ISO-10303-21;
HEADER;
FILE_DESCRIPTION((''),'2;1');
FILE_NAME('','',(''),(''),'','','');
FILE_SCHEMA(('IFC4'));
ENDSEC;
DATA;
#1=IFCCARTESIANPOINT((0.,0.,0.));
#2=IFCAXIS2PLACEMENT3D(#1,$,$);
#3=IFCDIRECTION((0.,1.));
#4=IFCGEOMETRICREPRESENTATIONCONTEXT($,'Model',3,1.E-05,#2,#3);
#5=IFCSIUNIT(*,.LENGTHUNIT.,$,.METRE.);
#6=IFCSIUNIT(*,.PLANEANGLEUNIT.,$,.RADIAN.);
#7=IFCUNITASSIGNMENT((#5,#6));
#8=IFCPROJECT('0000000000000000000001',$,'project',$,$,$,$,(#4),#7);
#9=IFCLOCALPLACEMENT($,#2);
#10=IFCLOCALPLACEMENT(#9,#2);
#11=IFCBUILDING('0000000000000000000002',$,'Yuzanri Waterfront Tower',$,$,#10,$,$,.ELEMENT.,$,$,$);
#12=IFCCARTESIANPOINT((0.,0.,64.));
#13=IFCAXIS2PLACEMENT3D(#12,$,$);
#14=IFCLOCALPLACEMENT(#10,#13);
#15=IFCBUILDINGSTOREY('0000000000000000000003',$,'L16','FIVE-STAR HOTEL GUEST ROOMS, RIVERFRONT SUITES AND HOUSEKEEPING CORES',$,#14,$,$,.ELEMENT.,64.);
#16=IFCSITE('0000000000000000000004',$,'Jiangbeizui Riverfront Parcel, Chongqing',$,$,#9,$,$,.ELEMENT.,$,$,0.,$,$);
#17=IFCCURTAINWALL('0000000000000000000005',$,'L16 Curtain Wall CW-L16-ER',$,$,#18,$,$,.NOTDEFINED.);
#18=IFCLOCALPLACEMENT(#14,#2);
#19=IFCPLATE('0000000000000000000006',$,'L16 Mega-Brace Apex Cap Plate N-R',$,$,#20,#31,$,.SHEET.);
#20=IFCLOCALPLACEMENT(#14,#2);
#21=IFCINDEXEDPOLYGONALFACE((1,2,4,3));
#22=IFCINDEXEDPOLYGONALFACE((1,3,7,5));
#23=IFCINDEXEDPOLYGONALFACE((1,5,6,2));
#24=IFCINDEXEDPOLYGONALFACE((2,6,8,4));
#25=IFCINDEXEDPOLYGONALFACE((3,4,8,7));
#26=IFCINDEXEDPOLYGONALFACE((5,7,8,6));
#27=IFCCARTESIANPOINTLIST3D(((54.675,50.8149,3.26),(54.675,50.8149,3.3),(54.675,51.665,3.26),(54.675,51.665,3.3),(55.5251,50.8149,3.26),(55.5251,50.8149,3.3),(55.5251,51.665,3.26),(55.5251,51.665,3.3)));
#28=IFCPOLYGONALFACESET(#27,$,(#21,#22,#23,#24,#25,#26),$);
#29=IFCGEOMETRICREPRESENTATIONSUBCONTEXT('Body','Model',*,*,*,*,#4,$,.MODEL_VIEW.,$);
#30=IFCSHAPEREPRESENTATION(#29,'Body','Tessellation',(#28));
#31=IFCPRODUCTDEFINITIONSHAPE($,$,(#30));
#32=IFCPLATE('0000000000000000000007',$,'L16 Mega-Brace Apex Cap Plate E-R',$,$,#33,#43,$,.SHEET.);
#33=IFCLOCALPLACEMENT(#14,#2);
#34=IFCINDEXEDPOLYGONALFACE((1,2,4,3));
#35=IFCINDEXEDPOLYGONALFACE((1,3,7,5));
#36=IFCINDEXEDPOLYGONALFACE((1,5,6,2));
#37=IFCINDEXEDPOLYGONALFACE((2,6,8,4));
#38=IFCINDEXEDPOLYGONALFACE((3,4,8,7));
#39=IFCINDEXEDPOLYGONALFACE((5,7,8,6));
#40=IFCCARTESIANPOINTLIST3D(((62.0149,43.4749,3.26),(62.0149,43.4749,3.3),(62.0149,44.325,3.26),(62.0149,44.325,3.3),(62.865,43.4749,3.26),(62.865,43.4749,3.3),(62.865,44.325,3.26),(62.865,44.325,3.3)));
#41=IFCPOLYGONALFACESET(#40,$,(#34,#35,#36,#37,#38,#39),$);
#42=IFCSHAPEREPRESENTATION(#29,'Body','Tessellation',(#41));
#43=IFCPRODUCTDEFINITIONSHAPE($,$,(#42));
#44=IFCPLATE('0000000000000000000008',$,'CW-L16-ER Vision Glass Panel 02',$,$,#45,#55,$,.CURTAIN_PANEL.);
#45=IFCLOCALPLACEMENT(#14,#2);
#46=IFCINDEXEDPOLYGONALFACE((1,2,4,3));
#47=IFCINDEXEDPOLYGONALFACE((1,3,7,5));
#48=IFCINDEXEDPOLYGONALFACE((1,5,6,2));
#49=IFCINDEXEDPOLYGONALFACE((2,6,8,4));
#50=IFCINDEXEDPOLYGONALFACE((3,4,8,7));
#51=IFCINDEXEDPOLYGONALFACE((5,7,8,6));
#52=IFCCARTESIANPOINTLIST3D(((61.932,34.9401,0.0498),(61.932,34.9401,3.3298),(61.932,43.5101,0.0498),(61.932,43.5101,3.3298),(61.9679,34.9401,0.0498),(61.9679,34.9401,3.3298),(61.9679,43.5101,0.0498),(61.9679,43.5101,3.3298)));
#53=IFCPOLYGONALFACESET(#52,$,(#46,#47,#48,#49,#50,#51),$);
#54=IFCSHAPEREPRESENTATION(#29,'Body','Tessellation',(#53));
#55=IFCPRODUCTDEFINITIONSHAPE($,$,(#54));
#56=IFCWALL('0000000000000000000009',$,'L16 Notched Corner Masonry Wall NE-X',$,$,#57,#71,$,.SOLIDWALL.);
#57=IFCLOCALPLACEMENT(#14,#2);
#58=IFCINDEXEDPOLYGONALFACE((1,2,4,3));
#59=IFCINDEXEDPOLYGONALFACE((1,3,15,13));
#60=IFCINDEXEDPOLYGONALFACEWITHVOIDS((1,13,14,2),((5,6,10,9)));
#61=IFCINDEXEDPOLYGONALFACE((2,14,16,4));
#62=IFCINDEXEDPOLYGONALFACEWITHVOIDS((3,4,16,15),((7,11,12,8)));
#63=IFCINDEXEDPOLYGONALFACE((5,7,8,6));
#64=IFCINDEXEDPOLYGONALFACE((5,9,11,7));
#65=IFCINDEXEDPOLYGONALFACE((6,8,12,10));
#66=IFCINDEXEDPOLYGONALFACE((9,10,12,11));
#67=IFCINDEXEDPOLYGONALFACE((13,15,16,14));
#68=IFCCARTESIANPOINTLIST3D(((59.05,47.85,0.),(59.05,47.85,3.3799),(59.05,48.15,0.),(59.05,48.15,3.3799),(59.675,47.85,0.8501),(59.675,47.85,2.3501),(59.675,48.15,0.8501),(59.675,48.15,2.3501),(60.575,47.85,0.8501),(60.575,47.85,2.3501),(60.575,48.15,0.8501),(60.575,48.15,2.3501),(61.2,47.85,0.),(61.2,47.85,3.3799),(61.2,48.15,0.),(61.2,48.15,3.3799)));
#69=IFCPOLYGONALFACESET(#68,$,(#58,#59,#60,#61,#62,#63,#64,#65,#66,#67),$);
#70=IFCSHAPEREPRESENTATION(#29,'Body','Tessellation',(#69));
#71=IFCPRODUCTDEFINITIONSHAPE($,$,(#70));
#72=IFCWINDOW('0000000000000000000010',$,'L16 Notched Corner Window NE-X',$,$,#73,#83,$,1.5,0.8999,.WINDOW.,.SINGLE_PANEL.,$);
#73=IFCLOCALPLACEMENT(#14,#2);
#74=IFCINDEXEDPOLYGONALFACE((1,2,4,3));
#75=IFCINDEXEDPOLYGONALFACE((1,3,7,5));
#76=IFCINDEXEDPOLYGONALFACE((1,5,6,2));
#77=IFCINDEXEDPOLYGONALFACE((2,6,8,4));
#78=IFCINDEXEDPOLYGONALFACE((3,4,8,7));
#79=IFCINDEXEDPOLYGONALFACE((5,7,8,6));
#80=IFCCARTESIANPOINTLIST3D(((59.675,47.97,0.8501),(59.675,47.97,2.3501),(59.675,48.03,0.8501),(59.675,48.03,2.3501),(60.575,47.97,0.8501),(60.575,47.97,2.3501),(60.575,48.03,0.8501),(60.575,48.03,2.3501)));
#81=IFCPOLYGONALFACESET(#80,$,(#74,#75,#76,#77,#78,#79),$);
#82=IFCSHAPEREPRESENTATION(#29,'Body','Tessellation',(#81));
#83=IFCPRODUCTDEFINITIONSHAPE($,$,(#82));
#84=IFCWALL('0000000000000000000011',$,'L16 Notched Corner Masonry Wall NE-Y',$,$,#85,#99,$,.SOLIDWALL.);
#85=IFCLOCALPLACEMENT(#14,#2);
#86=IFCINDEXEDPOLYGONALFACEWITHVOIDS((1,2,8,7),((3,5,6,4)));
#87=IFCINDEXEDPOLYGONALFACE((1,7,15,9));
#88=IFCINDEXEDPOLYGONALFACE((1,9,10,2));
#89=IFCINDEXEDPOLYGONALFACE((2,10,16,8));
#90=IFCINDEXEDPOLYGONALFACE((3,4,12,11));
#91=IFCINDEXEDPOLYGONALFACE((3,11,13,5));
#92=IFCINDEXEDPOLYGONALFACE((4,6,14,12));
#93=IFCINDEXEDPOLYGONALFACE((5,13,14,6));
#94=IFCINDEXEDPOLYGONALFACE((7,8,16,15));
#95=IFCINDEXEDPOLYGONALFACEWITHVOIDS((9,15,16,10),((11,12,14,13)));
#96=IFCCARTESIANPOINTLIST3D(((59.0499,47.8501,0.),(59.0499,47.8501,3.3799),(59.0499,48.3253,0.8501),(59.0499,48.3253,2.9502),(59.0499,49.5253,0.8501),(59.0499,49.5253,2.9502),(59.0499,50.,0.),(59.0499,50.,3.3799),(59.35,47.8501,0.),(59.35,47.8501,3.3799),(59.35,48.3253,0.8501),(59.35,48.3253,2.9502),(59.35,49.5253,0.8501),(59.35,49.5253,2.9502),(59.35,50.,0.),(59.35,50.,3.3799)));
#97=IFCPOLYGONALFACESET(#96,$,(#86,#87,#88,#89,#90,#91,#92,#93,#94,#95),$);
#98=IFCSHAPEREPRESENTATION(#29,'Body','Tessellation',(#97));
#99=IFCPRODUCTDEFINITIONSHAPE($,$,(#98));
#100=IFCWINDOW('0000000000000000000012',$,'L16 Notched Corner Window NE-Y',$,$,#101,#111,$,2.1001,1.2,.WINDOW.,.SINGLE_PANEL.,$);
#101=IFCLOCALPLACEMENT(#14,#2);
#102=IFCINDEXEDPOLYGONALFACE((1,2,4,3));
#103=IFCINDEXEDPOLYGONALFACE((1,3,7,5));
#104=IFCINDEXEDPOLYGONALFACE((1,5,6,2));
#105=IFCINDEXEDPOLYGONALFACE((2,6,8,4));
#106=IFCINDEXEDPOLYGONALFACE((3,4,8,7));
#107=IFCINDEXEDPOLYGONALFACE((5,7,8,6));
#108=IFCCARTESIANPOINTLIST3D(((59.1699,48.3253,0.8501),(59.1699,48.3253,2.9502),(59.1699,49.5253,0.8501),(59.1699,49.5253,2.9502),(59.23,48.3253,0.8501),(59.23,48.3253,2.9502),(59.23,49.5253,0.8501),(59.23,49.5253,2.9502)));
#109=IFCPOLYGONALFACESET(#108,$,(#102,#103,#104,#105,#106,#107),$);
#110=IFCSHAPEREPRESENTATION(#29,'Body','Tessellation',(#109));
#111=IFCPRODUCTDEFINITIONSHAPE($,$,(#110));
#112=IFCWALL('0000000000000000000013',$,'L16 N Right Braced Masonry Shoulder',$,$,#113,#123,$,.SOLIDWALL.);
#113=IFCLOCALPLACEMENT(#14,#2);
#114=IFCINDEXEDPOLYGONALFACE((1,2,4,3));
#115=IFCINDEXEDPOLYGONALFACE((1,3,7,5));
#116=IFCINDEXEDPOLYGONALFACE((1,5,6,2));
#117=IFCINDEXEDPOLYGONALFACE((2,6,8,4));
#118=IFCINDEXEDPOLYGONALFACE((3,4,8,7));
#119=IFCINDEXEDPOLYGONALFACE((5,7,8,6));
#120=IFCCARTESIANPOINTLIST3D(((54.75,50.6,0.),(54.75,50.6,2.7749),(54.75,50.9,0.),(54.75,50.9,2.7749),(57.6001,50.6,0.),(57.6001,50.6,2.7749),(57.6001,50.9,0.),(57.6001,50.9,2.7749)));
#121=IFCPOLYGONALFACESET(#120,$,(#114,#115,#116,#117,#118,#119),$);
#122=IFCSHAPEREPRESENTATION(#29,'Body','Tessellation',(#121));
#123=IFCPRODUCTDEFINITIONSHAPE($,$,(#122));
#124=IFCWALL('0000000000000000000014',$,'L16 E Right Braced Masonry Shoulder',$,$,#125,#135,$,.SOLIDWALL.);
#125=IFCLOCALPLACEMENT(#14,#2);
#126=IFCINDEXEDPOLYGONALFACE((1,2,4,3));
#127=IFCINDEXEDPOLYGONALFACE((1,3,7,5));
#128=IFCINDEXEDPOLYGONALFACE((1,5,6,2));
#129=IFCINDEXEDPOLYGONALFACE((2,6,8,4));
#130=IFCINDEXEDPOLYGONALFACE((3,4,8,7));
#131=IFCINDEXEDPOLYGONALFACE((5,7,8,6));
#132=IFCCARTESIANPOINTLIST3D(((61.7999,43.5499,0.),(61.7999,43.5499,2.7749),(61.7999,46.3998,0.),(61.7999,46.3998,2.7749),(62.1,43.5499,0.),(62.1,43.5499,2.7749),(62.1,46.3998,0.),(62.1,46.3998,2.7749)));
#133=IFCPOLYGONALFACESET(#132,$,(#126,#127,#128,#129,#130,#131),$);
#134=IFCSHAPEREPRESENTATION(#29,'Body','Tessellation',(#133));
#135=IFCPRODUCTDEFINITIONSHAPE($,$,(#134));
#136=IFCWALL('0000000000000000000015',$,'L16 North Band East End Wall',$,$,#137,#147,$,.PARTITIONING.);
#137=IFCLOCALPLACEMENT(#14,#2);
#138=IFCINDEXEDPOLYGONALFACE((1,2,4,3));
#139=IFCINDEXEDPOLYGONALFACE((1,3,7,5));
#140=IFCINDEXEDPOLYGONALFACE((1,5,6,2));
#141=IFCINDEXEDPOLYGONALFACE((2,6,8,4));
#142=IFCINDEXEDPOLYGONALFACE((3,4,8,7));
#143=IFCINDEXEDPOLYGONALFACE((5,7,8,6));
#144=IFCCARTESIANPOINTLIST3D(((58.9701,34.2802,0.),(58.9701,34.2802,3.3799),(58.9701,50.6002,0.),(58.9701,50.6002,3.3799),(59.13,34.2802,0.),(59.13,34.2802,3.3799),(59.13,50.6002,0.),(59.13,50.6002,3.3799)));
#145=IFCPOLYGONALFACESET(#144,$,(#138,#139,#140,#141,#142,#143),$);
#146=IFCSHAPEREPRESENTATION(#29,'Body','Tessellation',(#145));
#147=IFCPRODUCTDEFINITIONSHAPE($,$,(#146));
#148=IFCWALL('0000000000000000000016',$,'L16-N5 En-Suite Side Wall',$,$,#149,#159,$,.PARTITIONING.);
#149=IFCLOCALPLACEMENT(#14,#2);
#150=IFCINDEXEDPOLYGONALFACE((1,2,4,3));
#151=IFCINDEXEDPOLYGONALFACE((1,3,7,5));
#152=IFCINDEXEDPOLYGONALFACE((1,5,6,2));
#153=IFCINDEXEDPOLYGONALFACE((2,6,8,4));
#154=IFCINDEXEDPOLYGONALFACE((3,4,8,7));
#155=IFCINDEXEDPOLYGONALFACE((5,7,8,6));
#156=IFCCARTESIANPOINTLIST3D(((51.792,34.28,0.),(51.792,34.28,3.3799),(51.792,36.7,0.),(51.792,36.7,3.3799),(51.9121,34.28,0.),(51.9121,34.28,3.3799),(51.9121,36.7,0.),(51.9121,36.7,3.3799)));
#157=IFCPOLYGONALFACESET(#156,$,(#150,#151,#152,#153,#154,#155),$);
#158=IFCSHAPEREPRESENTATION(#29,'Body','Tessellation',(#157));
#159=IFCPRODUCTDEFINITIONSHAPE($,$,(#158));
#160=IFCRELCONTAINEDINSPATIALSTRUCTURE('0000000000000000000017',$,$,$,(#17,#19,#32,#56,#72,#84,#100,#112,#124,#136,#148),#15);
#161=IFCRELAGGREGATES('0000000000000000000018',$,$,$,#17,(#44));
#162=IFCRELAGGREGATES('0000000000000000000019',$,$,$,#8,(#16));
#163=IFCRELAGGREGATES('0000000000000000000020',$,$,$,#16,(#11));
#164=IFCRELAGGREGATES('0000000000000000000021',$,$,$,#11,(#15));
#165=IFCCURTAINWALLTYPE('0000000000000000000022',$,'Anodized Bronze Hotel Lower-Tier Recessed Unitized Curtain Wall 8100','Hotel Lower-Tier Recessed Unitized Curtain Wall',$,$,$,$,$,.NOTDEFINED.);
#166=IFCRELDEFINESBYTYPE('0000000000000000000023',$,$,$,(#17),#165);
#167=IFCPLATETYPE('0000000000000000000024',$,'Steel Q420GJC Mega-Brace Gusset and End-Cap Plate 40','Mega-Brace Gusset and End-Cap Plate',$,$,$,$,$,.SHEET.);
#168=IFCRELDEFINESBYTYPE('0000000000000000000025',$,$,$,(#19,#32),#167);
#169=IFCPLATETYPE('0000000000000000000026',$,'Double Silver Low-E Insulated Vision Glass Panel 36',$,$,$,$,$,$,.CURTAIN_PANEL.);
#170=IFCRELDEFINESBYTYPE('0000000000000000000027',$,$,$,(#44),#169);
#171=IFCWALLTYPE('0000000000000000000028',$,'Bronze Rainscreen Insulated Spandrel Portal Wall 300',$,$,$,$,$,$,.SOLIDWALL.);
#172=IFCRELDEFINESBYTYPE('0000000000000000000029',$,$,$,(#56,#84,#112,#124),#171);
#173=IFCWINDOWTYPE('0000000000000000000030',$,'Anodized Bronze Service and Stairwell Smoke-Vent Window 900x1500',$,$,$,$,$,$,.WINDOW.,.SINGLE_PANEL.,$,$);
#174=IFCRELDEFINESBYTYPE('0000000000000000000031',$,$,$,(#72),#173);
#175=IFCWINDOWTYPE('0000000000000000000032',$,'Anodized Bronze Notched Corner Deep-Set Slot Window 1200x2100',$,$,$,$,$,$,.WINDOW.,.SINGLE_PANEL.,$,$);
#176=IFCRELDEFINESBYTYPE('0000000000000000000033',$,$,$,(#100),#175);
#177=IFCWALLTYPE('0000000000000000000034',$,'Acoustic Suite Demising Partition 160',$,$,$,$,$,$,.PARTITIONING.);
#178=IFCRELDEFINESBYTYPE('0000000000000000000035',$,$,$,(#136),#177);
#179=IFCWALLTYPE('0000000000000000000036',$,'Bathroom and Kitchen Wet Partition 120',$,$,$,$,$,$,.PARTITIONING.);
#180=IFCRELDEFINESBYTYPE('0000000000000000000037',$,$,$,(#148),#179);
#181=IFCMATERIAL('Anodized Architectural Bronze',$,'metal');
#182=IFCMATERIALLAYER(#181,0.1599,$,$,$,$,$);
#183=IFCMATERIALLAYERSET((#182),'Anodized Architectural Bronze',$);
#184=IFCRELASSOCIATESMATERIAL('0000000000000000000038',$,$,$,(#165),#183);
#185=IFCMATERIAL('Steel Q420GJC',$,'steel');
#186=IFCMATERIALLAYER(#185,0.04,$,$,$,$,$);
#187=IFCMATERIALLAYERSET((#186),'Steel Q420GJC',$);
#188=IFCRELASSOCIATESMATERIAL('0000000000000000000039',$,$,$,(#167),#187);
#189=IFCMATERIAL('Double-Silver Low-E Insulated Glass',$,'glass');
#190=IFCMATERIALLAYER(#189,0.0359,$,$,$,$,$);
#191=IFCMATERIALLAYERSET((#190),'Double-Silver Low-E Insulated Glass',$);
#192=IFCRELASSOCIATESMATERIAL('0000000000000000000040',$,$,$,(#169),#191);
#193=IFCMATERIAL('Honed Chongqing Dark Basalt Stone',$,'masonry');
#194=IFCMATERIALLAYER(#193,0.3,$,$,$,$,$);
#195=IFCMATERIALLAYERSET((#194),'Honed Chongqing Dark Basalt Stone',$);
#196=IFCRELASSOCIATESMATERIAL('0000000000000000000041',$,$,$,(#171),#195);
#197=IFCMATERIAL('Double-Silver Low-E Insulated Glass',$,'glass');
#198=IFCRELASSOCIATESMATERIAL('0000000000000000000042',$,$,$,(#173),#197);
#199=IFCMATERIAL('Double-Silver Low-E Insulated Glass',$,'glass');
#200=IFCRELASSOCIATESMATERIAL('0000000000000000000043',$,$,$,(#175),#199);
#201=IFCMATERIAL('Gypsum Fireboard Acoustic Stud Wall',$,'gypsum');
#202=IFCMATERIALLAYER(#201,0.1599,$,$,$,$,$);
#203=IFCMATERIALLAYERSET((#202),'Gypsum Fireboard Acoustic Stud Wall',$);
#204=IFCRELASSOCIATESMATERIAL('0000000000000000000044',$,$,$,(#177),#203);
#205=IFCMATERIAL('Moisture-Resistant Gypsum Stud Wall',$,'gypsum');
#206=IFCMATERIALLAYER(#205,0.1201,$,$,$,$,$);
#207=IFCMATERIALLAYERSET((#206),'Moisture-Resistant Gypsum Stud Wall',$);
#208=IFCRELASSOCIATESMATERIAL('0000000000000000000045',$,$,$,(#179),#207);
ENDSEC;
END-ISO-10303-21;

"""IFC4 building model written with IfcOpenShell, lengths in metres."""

from ifc_helpers import new_model, si_unit, direction, frame, frame_2d, origin, origin_2d, place, context, subcontext, project, spatial, rectangle, extrude, source, transform, mapped, material, layer, layer_set, type_object, element, fill, aggregate, save


model = new_model("IFC4")

# Units and contexts
model_context = context("Model", 3, precision=1e-05, world=origin(), true_north=direction((0.0, 1.0)))
body_context = subcontext(model_context, "Body", "Model", "MODEL_VIEW")
ifc_project = project(units=[si_unit("LENGTHUNIT", "METRE"), si_unit("PLANEANGLEUNIT", "RADIAN")], contexts=[model_context])

# Site, building, storey
site_placement = place(None, origin())
site = spatial("IfcSite", under=ifc_project, at=site_placement, Name="Jiangbeizui Riverfront Parcel, Chongqing", CompositionType="ELEMENT", RefElevation=0.0)
building_placement = place(site_placement, origin())
building = spatial("IfcBuilding", under=site, at=building_placement, Name="Yuzanri Waterfront Tower", CompositionType="ELEMENT")
storey_placement = place(building_placement, frame((0.0, 0.0, 64.0)))
storey = spatial("IfcBuildingStorey", under=building, at=storey_placement, Name="L16", Description="FIVE-STAR HOTEL GUEST ROOMS, RIVERFRONT SUITES AND HOUSEKEEPING CORES", CompositionType="ELEMENT", Elevation=64.0)

# Curtain wall
ifc_material_1 = material(Name="Anodized Architectural Bronze", Category="metal")
ifc_layer_1 = layer(ifc_material_1, 0.1599)
ifc_layer_set_1 = layer_set([ifc_layer_1], Name="Anodized Architectural Bronze")
curtain_wall_type = type_object("IfcCurtainWallType", Name="Anodized Bronze Hotel Lower-Tier Recessed Unitized Curtain Wall 8100", Description="Hotel Lower-Tier Recessed Unitized Curtain Wall", PredefinedType="NOTDEFINED", material=ifc_layer_set_1)
curtain_wall_1_placement = place(storey_placement, origin())
curtain_wall_1 = element("IfcCurtainWall", 1, at=curtain_wall_1_placement, inside=storey, type_object=curtain_wall_type, Name="L16 Curtain Wall CW-L16-ER", PredefinedType="NOTDEFINED")

# Plates
ifc_material_2 = material(Name="Steel Q420GJC", Category="steel")
ifc_layer_2 = layer(ifc_material_2, 0.04)
ifc_layer_set_2 = layer_set([ifc_layer_2], Name="Steel Q420GJC")
plate_type_1 = type_object("IfcPlateType", Name="Steel Q420GJC Mega-Brace Gusset and End-Cap Plate 40", Description="Mega-Brace Gusset and End-Cap Plate", PredefinedType="SHEET", material=ifc_layer_set_2)
shared_shape_1 = source(origin(), body_context, "Body", "SweptSolid", [
    extrude(rectangle(XDim=0.8501, YDim=0.8501, at=origin_2d()), origin(), (0.0, 0.0, 1.0), 0.04),
])
for number, where, z_axis, x_axis, name in (
    (2, (55.1001, 51.24, 3.26), (0.0, 0.0, 1.0), (1.0, 0.0, 0.0), "L16 Mega-Brace Apex Cap Plate N-R"),
    (3, (62.4399, 43.8999, 3.26), (0.0, 0.0, 1.0), (1.0, 0.0, 0.0), "L16 Mega-Brace Apex Cap Plate E-R"),
):
    element("IfcPlate", number, at=place(storey_placement, frame(where, z_axis=z_axis, x_axis=x_axis)), inside=storey, type_object=plate_type_1, Name=name, PredefinedType="SHEET", context=body_context, shape_type="MappedRepresentation", body=[
        mapped(shared_shape_1, transform((0.0, 0.0, 0.0), scale=1.0)),
    ])

# Plate
ifc_material_3 = material(Name="Double-Silver Low-E Insulated Glass", Category="glass")
ifc_layer_3 = layer(ifc_material_3, 0.0359)
ifc_layer_set_3 = layer_set([ifc_layer_3], Name="Double-Silver Low-E Insulated Glass")
plate_type_2 = type_object("IfcPlateType", Name="Double Silver Low-E Insulated Vision Glass Panel 36", PredefinedType="CURTAIN_PANEL", material=ifc_layer_set_3)
shared_shape_2 = source(origin(), body_context, "Body", "SweptSolid", [
    extrude(rectangle(XDim=8.5701, YDim=0.0359, at=origin_2d()), origin(), (0.0, 0.0, 1.0), 3.28),
])
plate_placement = place(storey_placement, frame((61.95, 39.2251, 0.0498), z_axis=(0.0, 0.0, 1.0), x_axis=(0.0, 1.0, 0.0)))
plate = element("IfcPlate", 4, at=plate_placement, type_object=plate_type_2, Name="CW-L16-ER Vision Glass Panel 02", PredefinedType="CURTAIN_PANEL", context=body_context, shape_type="MappedRepresentation", body=[
    mapped(shared_shape_2, transform((0.0, 0.0, 0.0), scale=1.0)),
])
aggregate(curtain_wall_1, [plate])

# Walls, openings, windows
ifc_material_4 = material(Name="Honed Chongqing Dark Basalt Stone", Category="masonry")
ifc_layer_4 = layer(ifc_material_4, 0.3)
ifc_layer_set_4 = layer_set([ifc_layer_4], Name="Honed Chongqing Dark Basalt Stone")
wall_type_1 = type_object("IfcWallType", Name="Bronze Rainscreen Insulated Spandrel Portal Wall 300", PredefinedType="SOLIDWALL", material=ifc_layer_set_4)
wall_1_placement = place(storey_placement, frame((61.2, 48.0, 0.0), z_axis=(0.0, 0.0, 1.0), x_axis=(-1.0, 0.0, 0.0)))
wall_1 = element("IfcWall", 5, at=wall_1_placement, inside=storey, type_object=wall_type_1, Name="L16 Notched Corner Masonry Wall NE-X", PredefinedType="SOLIDWALL", context=body_context, shape_type="SweptSolid", body=[
    extrude(rectangle(XDim=2.1499, YDim=0.3, at=frame_2d((1.075, 0.0))), origin(), (0.0, 0.0, 1.0), 3.3799),
])
opening_1_placement = place(wall_1_placement, frame((0.625, 0.0, 0.8501)))
opening_1 = element("IfcOpeningElement", 6, at=opening_1_placement, cuts=wall_1, PredefinedType="OPENING", context=body_context, shape_type="SweptSolid", body=[
    extrude(rectangle(XDim=0.8999, YDim=1.5, at=frame_2d((0.45, 0.75))), frame((0.0, 0.165, 0.0), z_axis=(0.0, -1.0, 0.0), x_axis=(1.0, 0.0, 0.0)), (0.0, 0.0, 1.0), 0.3298),
])
ifc_material_5 = material(Name="Double-Silver Low-E Insulated Glass", Category="glass")
window_type_1 = type_object("IfcWindowType", Name="Anodized Bronze Service and Stairwell Smoke-Vent Window 900x1500", PartitioningType="SINGLE_PANEL", PredefinedType="WINDOW", material=ifc_material_5)
shared_shape_3 = source(origin(), body_context, "Body", "SweptSolid", [
    extrude(rectangle(XDim=0.8999, YDim=1.5, at=frame_2d((0.45, 0.75))), frame((0.0, 0.03, 0.0), z_axis=(0.0, -1.0, 0.0), x_axis=(1.0, 0.0, 0.0)), (0.0, 0.0, 1.0), 0.0601),
])
window_1_placement = place(opening_1_placement, origin())
window_1 = element("IfcWindow", 7, at=window_1_placement, inside=storey, type_object=window_type_1, Name="L16 Notched Corner Window NE-X", OverallHeight=1.5, OverallWidth=0.8999, PartitioningType="SINGLE_PANEL", PredefinedType="WINDOW", context=body_context, shape_type="MappedRepresentation", body=[
    mapped(shared_shape_3, transform((0.0, 0.0, 0.0), scale=1.0)),
])
fill(opening_1, window_1)
wall_2_placement = place(storey_placement, frame((59.2, 47.8501, 0.0), z_axis=(0.0, 0.0, 1.0), x_axis=(0.0, 1.0, 0.0)))
wall_2 = element("IfcWall", 8, at=wall_2_placement, inside=storey, type_object=wall_type_1, Name="L16 Notched Corner Masonry Wall NE-Y", PredefinedType="SOLIDWALL", context=body_context, shape_type="SweptSolid", body=[
    extrude(rectangle(XDim=2.1499, YDim=0.3, at=frame_2d((1.075, 0.0))), origin(), (0.0, 0.0, 1.0), 3.3799),
])
opening_2_placement = place(wall_2_placement, frame((0.4751, 0.0, 0.8501)))
opening_2 = element("IfcOpeningElement", 9, at=opening_2_placement, cuts=wall_2, PredefinedType="OPENING", context=body_context, shape_type="SweptSolid", body=[
    extrude(rectangle(XDim=1.2, YDim=2.1001, at=frame_2d((0.6001, 1.05))), frame((0.0, 0.165, 0.0), z_axis=(0.0, -1.0, 0.0), x_axis=(1.0, 0.0, 0.0)), (0.0, 0.0, 1.0), 0.3298),
])
ifc_material_6 = material(Name="Double-Silver Low-E Insulated Glass", Category="glass")
window_type_2 = type_object("IfcWindowType", Name="Anodized Bronze Notched Corner Deep-Set Slot Window 1200x2100", PartitioningType="SINGLE_PANEL", PredefinedType="WINDOW", material=ifc_material_6)
shared_shape_4 = source(origin(), body_context, "Body", "SweptSolid", [
    extrude(rectangle(XDim=1.2, YDim=2.1001, at=frame_2d((0.6001, 1.05))), frame((0.0, 0.03, 0.0), z_axis=(0.0, -1.0, 0.0), x_axis=(1.0, 0.0, 0.0)), (0.0, 0.0, 1.0), 0.0601),
])
window_2_placement = place(opening_2_placement, origin())
window_2 = element("IfcWindow", 10, at=window_2_placement, inside=storey, type_object=window_type_2, Name="L16 Notched Corner Window NE-Y", OverallHeight=2.1001, OverallWidth=1.2, PartitioningType="SINGLE_PANEL", PredefinedType="WINDOW", context=body_context, shape_type="MappedRepresentation", body=[
    mapped(shared_shape_4, transform((0.0, 0.0, 0.0), scale=1.0)),
])
fill(opening_2, window_2)

# Walls
shared_shape_5 = source(origin(), body_context, "Body", "SweptSolid", [
    extrude(rectangle(XDim=2.8501, YDim=0.3, at=frame_2d((1.425, 0.0))), origin(), (0.0, 0.0, 1.0), 2.7749),
])
wall_3_placement = place(storey_placement, frame((54.75, 50.75, 0.0), z_axis=(0.0, 0.0, 1.0), x_axis=(1.0, 0.0, 0.0)))
element("IfcWall", 11, at=wall_3_placement, inside=storey, type_object=wall_type_1, Name="L16 N Right Braced Masonry Shoulder", PredefinedType="SOLIDWALL", context=body_context, shape_type="MappedRepresentation", body=[
    mapped(shared_shape_5, transform((0.0, 0.0, 0.0), scale=1.0)),
])
shared_shape_6 = source(origin(), body_context, "Body", "SweptSolid", [
    extrude(rectangle(XDim=2.8499, YDim=0.3, at=frame_2d((1.4248, 0.0))), origin(), (0.0, 0.0, 1.0), 2.7749),
])
wall_4_placement = place(storey_placement, frame((61.95, 43.55, 0.0), z_axis=(0.0, 0.0, 1.0), x_axis=(0.0, 1.0, 0.0)))
element("IfcWall", 12, at=wall_4_placement, inside=storey, type_object=wall_type_1, Name="L16 E Right Braced Masonry Shoulder", PredefinedType="SOLIDWALL", context=body_context, shape_type="MappedRepresentation", body=[
    mapped(shared_shape_6, transform((0.0, 0.0, 0.0), scale=1.0)),
])
ifc_material_7 = material(Name="Gypsum Fireboard Acoustic Stud Wall", Category="gypsum")
ifc_layer_5 = layer(ifc_material_7, 0.1599)
ifc_layer_set_5 = layer_set([ifc_layer_5], Name="Gypsum Fireboard Acoustic Stud Wall")
wall_type_2 = type_object("IfcWallType", Name="Acoustic Suite Demising Partition 160", PredefinedType="PARTITIONING", material=ifc_layer_set_5)
shared_shape_7 = source(origin(), body_context, "Body", "SweptSolid", [
    extrude(rectangle(XDim=16.3201, YDim=0.1599, at=frame_2d((8.1602, 0.0))), origin(), (0.0, 0.0, 1.0), 3.3799),
])
wall_5_placement = place(storey_placement, frame((59.05, 34.28, 0.0), z_axis=(0.0, 0.0, 1.0), x_axis=(0.0, 1.0, 0.0)))
element("IfcWall", 13, at=wall_5_placement, inside=storey, type_object=wall_type_2, Name="L16 North Band East End Wall", PredefinedType="PARTITIONING", context=body_context, shape_type="MappedRepresentation", body=[
    mapped(shared_shape_7, transform((0.0, 0.0, 0.0), scale=1.0)),
])
ifc_material_8 = material(Name="Moisture-Resistant Gypsum Stud Wall", Category="gypsum")
ifc_layer_6 = layer(ifc_material_8, 0.1201)
ifc_layer_set_6 = layer_set([ifc_layer_6], Name="Moisture-Resistant Gypsum Stud Wall")
wall_type_3 = type_object("IfcWallType", Name="Bathroom and Kitchen Wet Partition 120", PredefinedType="PARTITIONING", material=ifc_layer_set_6)
shared_shape_8 = source(origin(), body_context, "Body", "SweptSolid", [
    extrude(rectangle(XDim=2.4199, YDim=0.1201, at=frame_2d((1.21, 0.0))), origin(), (0.0, 0.0, 1.0), 3.3799),
])
wall_6_placement = place(storey_placement, frame((51.8521, 34.28, 0.0), z_axis=(0.0, 0.0, 1.0), x_axis=(0.0, 1.0, 0.0)))
element("IfcWall", 14, at=wall_6_placement, inside=storey, type_object=wall_type_3, Name="L16-N5 En-Suite Side Wall", PredefinedType="PARTITIONING", context=body_context, shape_type="MappedRepresentation", body=[
    mapped(shared_shape_8, transform((0.0, 0.0, 0.0), scale=1.0)),
])

save(model, "model.ifc")
